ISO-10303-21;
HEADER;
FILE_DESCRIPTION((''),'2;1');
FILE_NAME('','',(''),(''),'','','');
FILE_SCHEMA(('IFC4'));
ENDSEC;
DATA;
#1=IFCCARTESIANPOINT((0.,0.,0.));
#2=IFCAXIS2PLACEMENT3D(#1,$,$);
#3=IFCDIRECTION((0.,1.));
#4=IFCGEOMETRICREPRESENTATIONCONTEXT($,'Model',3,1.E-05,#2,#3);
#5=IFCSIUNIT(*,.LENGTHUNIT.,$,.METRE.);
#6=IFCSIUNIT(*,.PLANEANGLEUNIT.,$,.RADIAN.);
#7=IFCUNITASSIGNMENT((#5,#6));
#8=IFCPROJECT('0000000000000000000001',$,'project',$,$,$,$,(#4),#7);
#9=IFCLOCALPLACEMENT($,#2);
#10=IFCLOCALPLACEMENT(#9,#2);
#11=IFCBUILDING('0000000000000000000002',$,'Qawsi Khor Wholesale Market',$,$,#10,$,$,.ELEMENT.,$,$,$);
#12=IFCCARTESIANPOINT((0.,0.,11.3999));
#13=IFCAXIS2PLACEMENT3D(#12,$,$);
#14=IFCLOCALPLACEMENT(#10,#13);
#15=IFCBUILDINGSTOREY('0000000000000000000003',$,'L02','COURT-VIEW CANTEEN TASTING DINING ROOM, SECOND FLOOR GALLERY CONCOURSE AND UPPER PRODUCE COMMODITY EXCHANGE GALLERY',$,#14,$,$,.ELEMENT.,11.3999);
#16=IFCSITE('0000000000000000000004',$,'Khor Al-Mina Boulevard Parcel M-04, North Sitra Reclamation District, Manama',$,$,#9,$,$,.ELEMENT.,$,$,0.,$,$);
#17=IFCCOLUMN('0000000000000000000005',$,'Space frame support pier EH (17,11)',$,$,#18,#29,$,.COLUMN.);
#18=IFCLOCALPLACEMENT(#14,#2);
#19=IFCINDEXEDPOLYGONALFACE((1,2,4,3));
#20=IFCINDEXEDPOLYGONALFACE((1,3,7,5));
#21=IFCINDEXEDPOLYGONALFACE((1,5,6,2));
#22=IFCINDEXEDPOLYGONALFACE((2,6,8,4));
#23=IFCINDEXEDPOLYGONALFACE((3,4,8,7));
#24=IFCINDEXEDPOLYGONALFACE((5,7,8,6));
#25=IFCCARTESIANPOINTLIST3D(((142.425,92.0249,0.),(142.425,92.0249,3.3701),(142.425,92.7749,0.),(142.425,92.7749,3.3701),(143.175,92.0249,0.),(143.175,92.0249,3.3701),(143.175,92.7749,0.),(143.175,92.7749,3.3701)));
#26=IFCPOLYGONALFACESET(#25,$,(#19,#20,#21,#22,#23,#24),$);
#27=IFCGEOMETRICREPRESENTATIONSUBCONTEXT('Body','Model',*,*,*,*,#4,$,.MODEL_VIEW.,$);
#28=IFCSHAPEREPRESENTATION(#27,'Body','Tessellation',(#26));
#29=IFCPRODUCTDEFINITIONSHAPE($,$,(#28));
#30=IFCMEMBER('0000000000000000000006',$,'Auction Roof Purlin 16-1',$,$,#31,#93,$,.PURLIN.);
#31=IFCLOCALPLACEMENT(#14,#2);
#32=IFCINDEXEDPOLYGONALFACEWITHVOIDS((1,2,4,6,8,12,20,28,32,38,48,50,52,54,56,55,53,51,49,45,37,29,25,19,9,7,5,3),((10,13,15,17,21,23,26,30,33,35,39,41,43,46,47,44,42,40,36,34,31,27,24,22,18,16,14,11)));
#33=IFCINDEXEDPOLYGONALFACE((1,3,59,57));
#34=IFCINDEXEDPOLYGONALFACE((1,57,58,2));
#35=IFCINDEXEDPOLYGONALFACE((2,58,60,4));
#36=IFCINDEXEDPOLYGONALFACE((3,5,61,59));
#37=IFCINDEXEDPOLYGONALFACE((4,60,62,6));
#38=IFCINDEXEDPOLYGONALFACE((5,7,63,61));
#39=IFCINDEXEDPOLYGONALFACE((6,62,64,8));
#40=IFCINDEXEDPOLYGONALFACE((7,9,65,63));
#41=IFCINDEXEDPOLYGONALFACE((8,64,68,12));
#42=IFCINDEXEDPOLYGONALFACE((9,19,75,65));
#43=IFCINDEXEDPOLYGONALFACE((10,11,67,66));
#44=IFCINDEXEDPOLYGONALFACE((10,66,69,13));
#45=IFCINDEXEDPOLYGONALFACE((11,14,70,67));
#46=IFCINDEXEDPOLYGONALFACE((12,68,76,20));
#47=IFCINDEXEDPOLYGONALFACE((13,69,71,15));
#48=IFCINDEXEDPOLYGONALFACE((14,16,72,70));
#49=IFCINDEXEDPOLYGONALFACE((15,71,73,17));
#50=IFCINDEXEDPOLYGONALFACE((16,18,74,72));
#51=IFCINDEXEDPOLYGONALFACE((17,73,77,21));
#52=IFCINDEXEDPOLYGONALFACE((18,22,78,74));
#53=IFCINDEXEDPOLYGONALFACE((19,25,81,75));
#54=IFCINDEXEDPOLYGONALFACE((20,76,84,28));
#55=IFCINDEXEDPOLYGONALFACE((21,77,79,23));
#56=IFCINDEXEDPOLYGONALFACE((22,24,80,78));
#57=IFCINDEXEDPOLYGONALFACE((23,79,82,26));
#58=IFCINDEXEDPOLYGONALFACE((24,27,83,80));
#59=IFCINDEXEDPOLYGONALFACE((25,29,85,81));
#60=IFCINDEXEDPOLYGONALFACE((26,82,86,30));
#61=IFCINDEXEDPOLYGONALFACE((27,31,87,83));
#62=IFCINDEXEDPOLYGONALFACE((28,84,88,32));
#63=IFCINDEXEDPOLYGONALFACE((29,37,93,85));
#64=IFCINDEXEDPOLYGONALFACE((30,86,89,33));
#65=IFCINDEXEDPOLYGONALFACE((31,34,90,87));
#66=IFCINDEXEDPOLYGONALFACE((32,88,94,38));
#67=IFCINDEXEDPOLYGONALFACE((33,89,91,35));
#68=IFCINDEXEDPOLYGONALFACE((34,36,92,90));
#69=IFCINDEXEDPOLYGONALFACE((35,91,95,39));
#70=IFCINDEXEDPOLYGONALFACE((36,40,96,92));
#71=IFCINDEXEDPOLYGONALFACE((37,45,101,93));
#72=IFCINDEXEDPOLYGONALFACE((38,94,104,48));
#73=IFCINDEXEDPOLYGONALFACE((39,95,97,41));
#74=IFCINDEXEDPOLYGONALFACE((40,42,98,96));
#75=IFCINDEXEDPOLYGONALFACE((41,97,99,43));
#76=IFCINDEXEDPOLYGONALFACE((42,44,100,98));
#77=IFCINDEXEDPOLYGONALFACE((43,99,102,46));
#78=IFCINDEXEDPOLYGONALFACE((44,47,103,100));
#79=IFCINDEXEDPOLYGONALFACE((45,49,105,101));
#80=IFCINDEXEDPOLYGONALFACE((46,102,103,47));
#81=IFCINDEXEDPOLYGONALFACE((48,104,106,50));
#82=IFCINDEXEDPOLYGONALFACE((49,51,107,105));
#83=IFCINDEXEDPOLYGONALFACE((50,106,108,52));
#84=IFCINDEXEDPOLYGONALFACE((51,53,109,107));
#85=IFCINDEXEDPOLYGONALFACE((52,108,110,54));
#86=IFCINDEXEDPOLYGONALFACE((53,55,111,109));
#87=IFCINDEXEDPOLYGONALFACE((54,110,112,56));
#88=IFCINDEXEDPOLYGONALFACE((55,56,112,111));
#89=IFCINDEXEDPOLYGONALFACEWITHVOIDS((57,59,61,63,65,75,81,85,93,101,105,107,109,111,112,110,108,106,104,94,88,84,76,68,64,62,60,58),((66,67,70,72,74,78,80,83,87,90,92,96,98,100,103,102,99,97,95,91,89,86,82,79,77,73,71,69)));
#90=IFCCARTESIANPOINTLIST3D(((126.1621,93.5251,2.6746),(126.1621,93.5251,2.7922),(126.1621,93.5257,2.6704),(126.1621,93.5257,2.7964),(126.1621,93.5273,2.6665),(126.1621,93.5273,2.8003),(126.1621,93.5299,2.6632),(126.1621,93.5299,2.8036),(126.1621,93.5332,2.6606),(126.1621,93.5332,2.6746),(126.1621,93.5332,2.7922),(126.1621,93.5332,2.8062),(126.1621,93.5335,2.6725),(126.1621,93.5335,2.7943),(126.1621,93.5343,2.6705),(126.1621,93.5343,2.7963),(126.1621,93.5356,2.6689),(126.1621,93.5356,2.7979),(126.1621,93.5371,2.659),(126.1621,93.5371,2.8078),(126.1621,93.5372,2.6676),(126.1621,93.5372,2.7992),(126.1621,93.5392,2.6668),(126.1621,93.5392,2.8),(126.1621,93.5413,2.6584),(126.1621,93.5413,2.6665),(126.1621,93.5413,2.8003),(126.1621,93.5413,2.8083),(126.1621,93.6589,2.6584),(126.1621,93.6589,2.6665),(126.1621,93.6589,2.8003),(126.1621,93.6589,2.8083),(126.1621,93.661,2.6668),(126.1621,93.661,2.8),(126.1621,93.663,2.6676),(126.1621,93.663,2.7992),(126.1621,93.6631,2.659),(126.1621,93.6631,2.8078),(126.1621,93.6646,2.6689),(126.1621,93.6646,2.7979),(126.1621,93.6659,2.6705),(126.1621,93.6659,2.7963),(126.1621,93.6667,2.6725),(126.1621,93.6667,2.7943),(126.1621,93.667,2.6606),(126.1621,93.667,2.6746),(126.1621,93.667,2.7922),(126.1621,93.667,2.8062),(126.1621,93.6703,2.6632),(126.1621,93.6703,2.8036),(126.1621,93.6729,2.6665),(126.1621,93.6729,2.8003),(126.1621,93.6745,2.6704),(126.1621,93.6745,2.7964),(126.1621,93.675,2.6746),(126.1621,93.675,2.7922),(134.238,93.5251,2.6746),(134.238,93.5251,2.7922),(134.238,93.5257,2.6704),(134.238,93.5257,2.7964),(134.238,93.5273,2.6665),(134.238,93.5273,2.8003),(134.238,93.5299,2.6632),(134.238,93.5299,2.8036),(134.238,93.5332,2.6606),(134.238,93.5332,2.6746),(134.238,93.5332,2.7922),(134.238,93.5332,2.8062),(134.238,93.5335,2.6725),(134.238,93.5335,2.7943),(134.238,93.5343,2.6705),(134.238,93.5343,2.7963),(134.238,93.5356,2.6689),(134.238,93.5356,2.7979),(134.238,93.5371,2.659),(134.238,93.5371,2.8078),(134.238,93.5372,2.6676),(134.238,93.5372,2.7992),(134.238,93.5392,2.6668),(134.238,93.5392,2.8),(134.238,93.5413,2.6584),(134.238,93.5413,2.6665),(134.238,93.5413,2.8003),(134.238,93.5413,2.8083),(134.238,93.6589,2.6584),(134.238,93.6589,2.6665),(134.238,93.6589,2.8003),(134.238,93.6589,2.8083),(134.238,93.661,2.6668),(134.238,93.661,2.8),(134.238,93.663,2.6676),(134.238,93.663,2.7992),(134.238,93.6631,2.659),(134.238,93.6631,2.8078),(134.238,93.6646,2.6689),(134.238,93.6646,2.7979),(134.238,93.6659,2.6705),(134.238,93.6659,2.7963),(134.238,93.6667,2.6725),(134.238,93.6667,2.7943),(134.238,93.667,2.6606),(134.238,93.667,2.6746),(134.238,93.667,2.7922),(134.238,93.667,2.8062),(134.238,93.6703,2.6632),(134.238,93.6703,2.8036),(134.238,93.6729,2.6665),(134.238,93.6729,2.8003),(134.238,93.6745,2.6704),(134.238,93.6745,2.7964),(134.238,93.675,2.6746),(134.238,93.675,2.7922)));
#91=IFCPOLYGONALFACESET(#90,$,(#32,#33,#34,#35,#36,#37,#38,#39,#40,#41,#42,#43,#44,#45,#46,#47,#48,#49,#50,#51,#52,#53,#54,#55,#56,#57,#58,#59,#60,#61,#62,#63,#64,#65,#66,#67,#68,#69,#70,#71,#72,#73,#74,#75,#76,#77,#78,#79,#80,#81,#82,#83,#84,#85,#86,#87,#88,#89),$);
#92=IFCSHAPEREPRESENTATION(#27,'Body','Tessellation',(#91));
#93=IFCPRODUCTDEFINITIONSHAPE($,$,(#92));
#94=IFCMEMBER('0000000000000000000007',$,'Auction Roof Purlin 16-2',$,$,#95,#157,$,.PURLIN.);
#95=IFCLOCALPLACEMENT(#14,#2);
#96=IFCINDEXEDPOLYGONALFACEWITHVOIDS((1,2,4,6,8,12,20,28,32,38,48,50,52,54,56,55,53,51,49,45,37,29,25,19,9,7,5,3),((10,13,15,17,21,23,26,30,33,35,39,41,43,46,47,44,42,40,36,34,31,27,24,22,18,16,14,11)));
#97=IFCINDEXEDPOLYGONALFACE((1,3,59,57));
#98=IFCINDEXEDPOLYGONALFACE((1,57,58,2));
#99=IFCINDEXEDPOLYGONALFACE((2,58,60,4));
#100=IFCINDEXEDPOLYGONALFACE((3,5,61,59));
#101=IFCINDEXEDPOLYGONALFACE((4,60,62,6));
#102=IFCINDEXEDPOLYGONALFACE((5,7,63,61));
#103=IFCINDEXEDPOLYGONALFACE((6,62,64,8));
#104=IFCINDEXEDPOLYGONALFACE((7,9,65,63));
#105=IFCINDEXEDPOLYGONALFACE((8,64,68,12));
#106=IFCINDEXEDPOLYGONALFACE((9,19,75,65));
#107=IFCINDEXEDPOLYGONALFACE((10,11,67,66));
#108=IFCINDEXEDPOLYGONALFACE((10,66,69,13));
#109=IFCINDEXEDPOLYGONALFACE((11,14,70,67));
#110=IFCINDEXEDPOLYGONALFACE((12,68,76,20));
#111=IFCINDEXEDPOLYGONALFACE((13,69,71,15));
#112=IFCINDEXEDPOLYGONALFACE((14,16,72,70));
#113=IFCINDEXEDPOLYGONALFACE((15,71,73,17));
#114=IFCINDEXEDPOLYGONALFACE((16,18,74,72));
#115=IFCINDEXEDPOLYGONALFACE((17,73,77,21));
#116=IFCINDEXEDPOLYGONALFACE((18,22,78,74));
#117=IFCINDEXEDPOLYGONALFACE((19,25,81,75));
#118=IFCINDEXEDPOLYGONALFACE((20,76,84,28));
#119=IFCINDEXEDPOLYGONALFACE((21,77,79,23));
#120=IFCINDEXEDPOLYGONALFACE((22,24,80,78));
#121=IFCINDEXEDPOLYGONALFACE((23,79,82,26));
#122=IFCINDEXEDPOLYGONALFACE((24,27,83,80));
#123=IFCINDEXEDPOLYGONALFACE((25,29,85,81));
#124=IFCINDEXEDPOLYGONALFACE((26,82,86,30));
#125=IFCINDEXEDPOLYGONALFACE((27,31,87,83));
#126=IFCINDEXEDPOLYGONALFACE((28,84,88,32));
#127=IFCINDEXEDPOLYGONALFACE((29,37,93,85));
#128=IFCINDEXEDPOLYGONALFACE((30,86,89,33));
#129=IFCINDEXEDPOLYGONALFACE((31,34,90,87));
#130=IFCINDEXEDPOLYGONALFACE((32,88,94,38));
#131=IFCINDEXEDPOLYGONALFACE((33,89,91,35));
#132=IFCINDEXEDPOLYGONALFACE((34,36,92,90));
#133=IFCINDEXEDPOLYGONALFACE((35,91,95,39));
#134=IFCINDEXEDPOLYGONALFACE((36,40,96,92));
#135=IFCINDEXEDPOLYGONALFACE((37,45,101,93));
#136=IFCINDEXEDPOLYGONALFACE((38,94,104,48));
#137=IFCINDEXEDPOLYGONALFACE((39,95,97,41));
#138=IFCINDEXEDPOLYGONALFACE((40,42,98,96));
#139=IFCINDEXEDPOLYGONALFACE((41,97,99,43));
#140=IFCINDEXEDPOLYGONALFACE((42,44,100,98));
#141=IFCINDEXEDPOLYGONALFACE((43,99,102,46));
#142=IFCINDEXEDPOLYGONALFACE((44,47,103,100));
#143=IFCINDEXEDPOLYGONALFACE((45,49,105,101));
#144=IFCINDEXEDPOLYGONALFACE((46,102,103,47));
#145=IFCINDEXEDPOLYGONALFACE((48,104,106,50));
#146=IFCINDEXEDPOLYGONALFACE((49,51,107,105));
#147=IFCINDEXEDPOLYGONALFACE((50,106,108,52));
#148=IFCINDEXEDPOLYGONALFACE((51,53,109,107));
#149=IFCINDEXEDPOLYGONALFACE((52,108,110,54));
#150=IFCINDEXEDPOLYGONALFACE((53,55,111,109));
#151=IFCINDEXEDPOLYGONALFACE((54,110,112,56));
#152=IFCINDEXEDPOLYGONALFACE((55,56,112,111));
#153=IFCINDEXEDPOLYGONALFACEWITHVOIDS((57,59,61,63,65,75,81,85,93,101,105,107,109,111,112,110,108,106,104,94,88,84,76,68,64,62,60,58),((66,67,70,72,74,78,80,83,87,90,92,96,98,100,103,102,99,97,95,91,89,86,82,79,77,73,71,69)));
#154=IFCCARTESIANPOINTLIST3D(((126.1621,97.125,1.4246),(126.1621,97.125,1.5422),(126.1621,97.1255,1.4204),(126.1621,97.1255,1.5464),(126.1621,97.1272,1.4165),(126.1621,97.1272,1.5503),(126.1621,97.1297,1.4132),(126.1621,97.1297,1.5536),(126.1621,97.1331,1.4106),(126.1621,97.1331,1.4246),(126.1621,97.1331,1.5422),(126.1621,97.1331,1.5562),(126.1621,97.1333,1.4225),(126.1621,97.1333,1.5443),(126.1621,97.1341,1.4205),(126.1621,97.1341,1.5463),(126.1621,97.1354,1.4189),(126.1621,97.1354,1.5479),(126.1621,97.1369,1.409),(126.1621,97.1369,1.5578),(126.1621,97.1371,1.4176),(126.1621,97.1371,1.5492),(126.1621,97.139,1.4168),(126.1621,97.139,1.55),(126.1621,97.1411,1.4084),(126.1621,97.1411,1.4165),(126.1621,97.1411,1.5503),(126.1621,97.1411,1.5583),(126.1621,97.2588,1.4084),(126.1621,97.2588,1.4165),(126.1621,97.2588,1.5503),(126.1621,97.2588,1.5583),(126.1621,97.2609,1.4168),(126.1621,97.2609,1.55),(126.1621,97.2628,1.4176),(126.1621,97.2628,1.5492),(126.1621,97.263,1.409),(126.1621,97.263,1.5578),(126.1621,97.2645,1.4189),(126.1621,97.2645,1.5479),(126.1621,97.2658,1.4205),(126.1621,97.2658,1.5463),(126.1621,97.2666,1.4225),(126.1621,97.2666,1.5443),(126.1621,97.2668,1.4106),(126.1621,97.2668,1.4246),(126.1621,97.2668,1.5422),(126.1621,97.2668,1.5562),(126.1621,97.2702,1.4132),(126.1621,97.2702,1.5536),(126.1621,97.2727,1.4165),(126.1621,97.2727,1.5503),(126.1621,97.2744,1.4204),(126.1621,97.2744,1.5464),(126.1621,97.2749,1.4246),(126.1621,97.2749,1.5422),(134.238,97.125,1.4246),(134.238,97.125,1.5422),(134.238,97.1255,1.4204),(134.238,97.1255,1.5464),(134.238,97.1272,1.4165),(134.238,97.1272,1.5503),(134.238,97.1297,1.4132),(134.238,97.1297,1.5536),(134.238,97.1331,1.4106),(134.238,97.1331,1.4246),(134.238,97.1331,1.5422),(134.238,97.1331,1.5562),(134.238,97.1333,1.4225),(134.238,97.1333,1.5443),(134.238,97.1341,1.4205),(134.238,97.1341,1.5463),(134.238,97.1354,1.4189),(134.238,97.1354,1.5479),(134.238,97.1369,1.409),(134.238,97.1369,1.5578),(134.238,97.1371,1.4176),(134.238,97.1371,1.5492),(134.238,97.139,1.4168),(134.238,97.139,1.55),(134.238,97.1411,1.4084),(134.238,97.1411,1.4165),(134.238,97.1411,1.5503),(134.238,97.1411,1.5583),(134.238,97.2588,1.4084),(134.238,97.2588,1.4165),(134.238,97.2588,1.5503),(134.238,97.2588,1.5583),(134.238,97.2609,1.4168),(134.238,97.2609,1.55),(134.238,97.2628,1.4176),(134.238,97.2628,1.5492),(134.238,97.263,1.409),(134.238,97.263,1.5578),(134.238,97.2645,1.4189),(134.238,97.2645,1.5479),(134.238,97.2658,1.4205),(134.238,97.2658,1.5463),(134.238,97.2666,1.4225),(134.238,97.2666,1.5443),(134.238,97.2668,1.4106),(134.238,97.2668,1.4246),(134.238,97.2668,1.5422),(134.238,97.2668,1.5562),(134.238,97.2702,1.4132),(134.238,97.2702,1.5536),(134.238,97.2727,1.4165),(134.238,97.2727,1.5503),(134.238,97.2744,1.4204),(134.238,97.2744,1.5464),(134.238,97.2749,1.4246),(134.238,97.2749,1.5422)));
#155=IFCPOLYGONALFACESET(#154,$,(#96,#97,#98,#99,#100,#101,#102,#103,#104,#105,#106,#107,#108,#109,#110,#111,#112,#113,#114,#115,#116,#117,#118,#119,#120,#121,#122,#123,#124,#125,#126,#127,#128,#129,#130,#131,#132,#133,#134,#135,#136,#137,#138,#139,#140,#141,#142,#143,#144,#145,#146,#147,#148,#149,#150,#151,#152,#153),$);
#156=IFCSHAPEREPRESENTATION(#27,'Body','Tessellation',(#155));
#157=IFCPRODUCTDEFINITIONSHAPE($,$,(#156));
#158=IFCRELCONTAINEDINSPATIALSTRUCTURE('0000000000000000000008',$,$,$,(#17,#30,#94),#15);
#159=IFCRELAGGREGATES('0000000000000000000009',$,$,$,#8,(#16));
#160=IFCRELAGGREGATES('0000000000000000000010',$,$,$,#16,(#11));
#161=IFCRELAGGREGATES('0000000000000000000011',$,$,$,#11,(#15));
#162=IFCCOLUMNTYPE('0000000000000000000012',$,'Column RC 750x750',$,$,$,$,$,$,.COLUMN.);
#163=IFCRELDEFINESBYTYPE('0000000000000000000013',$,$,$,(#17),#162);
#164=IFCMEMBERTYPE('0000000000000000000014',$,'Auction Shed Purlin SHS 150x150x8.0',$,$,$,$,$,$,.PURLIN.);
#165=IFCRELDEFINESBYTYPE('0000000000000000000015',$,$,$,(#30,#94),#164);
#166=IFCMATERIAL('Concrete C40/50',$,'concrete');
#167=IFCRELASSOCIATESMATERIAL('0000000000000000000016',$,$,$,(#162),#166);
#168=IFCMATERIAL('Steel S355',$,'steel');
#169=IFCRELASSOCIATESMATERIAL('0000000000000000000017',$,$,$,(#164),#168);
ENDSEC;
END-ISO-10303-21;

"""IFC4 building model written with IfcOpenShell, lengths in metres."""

from ifc_helpers import new_model, si_unit, direction, frame, origin, origin_2d, place, context, subcontext, project, spatial, rectangle, hollow_rectangle, extrude, material, material_profile, profile_set, type_object, element, save


model = new_model("IFC4")

# Units and contexts
model_context = context("Model", 3, precision=1e-05, world=origin(), true_north=direction((0.0, 1.0)))
body_context = subcontext(model_context, "Body", "Model", "MODEL_VIEW")
ifc_project = project(units=[si_unit("LENGTHUNIT", "METRE"), si_unit("PLANEANGLEUNIT", "RADIAN")], contexts=[model_context])

# Site, building, storey
site_placement = place(None, origin())
site = spatial("IfcSite", under=ifc_project, at=site_placement, Name="Khor Al-Mina Boulevard Parcel M-04, North Sitra Reclamation District, Manama", CompositionType="ELEMENT", RefElevation=0.0)
building_placement = place(site_placement, origin())
building = spatial("IfcBuilding", under=site, at=building_placement, Name="Qawsi Khor Wholesale Market", CompositionType="ELEMENT")
storey_placement = place(building_placement, frame((0.0, 0.0, 11.3999)))
storey = spatial("IfcBuildingStorey", under=building, at=storey_placement, Name="L02", Description="COURT-VIEW CANTEEN TASTING DINING ROOM, SECOND FLOOR GALLERY CONCOURSE AND UPPER PRODUCE COMMODITY EXCHANGE GALLERY", CompositionType="ELEMENT", Elevation=11.3999)

# Column
ifc_material_1 = material(Name="Concrete C40/50", Category="concrete")
ifc_material_profile_1 = material_profile(ifc_material_1, rectangle(XDim=0.75, YDim=0.75, at=origin_2d()), Name="RC 750x750")
ifc_profile_set_1 = profile_set([ifc_material_profile_1], Name="Concrete C40/50")
column_type = type_object("IfcColumnType", Name="Column RC 750x750", PredefinedType="COLUMN", material=ifc_profile_set_1)
column_placement = place(storey_placement, frame((142.8, 92.3999, 0.0), z_axis=(0.0, 0.0, 1.0), x_axis=(1.0, 0.0, 0.0)))
element("IfcColumn", 1, at=column_placement, inside=storey, type_object=column_type, Name="Space frame support pier EH (17,11)", PredefinedType="COLUMN", context=body_context, shape_type="SweptSolid", body=[
    extrude(rectangle(XDim=0.75, YDim=0.75, at=origin_2d()), origin(), (0.0, 0.0, 1.0), 3.3701),
])

# Members
ifc_material_2 = material(Name="Steel S355", Category="steel")
ifc_material_profile_2 = material_profile(ifc_material_2, hollow_rectangle(XDim=0.1499, YDim=0.1499, WallThickness=0.0081, InnerFilletRadius=0.0081, OuterFilletRadius=0.0161, at=origin_2d()), Name="SHS 150x150x8.0")
ifc_profile_set_2 = profile_set([ifc_material_profile_2], Name="Steel S355")
member_type_1 = type_object("IfcMemberType", Name="Auction Shed Purlin SHS 150x150x8.0", PredefinedType="PURLIN", material=ifc_profile_set_2)
for number, where, z_axis, x_axis, name in (
    (2, (126.1621, 93.6001, 2.7334), (1.0, 0.0, 0.0), (0.0, 1.0, 0.0), "Auction Roof Purlin 16-1"),
    (3, (126.1621, 97.2, 1.4834), (1.0, 0.0, 0.0), (0.0, 1.0, 0.0), "Auction Roof Purlin 16-2"),
):
    element("IfcMember", number, at=place(storey_placement, frame(where, z_axis=z_axis, x_axis=x_axis)), inside=storey, type_object=member_type_1, Name=name, PredefinedType="PURLIN", context=body_context, shape_type="SweptSolid", body=[
        extrude(hollow_rectangle(XDim=0.1499, YDim=0.1499, WallThickness=0.0081, InnerFilletRadius=0.0081, OuterFilletRadius=0.0161, at=origin_2d()), origin(), (0.0, 0.0, 1.0), 8.0759),
    ])

save(model, "model.ifc")
